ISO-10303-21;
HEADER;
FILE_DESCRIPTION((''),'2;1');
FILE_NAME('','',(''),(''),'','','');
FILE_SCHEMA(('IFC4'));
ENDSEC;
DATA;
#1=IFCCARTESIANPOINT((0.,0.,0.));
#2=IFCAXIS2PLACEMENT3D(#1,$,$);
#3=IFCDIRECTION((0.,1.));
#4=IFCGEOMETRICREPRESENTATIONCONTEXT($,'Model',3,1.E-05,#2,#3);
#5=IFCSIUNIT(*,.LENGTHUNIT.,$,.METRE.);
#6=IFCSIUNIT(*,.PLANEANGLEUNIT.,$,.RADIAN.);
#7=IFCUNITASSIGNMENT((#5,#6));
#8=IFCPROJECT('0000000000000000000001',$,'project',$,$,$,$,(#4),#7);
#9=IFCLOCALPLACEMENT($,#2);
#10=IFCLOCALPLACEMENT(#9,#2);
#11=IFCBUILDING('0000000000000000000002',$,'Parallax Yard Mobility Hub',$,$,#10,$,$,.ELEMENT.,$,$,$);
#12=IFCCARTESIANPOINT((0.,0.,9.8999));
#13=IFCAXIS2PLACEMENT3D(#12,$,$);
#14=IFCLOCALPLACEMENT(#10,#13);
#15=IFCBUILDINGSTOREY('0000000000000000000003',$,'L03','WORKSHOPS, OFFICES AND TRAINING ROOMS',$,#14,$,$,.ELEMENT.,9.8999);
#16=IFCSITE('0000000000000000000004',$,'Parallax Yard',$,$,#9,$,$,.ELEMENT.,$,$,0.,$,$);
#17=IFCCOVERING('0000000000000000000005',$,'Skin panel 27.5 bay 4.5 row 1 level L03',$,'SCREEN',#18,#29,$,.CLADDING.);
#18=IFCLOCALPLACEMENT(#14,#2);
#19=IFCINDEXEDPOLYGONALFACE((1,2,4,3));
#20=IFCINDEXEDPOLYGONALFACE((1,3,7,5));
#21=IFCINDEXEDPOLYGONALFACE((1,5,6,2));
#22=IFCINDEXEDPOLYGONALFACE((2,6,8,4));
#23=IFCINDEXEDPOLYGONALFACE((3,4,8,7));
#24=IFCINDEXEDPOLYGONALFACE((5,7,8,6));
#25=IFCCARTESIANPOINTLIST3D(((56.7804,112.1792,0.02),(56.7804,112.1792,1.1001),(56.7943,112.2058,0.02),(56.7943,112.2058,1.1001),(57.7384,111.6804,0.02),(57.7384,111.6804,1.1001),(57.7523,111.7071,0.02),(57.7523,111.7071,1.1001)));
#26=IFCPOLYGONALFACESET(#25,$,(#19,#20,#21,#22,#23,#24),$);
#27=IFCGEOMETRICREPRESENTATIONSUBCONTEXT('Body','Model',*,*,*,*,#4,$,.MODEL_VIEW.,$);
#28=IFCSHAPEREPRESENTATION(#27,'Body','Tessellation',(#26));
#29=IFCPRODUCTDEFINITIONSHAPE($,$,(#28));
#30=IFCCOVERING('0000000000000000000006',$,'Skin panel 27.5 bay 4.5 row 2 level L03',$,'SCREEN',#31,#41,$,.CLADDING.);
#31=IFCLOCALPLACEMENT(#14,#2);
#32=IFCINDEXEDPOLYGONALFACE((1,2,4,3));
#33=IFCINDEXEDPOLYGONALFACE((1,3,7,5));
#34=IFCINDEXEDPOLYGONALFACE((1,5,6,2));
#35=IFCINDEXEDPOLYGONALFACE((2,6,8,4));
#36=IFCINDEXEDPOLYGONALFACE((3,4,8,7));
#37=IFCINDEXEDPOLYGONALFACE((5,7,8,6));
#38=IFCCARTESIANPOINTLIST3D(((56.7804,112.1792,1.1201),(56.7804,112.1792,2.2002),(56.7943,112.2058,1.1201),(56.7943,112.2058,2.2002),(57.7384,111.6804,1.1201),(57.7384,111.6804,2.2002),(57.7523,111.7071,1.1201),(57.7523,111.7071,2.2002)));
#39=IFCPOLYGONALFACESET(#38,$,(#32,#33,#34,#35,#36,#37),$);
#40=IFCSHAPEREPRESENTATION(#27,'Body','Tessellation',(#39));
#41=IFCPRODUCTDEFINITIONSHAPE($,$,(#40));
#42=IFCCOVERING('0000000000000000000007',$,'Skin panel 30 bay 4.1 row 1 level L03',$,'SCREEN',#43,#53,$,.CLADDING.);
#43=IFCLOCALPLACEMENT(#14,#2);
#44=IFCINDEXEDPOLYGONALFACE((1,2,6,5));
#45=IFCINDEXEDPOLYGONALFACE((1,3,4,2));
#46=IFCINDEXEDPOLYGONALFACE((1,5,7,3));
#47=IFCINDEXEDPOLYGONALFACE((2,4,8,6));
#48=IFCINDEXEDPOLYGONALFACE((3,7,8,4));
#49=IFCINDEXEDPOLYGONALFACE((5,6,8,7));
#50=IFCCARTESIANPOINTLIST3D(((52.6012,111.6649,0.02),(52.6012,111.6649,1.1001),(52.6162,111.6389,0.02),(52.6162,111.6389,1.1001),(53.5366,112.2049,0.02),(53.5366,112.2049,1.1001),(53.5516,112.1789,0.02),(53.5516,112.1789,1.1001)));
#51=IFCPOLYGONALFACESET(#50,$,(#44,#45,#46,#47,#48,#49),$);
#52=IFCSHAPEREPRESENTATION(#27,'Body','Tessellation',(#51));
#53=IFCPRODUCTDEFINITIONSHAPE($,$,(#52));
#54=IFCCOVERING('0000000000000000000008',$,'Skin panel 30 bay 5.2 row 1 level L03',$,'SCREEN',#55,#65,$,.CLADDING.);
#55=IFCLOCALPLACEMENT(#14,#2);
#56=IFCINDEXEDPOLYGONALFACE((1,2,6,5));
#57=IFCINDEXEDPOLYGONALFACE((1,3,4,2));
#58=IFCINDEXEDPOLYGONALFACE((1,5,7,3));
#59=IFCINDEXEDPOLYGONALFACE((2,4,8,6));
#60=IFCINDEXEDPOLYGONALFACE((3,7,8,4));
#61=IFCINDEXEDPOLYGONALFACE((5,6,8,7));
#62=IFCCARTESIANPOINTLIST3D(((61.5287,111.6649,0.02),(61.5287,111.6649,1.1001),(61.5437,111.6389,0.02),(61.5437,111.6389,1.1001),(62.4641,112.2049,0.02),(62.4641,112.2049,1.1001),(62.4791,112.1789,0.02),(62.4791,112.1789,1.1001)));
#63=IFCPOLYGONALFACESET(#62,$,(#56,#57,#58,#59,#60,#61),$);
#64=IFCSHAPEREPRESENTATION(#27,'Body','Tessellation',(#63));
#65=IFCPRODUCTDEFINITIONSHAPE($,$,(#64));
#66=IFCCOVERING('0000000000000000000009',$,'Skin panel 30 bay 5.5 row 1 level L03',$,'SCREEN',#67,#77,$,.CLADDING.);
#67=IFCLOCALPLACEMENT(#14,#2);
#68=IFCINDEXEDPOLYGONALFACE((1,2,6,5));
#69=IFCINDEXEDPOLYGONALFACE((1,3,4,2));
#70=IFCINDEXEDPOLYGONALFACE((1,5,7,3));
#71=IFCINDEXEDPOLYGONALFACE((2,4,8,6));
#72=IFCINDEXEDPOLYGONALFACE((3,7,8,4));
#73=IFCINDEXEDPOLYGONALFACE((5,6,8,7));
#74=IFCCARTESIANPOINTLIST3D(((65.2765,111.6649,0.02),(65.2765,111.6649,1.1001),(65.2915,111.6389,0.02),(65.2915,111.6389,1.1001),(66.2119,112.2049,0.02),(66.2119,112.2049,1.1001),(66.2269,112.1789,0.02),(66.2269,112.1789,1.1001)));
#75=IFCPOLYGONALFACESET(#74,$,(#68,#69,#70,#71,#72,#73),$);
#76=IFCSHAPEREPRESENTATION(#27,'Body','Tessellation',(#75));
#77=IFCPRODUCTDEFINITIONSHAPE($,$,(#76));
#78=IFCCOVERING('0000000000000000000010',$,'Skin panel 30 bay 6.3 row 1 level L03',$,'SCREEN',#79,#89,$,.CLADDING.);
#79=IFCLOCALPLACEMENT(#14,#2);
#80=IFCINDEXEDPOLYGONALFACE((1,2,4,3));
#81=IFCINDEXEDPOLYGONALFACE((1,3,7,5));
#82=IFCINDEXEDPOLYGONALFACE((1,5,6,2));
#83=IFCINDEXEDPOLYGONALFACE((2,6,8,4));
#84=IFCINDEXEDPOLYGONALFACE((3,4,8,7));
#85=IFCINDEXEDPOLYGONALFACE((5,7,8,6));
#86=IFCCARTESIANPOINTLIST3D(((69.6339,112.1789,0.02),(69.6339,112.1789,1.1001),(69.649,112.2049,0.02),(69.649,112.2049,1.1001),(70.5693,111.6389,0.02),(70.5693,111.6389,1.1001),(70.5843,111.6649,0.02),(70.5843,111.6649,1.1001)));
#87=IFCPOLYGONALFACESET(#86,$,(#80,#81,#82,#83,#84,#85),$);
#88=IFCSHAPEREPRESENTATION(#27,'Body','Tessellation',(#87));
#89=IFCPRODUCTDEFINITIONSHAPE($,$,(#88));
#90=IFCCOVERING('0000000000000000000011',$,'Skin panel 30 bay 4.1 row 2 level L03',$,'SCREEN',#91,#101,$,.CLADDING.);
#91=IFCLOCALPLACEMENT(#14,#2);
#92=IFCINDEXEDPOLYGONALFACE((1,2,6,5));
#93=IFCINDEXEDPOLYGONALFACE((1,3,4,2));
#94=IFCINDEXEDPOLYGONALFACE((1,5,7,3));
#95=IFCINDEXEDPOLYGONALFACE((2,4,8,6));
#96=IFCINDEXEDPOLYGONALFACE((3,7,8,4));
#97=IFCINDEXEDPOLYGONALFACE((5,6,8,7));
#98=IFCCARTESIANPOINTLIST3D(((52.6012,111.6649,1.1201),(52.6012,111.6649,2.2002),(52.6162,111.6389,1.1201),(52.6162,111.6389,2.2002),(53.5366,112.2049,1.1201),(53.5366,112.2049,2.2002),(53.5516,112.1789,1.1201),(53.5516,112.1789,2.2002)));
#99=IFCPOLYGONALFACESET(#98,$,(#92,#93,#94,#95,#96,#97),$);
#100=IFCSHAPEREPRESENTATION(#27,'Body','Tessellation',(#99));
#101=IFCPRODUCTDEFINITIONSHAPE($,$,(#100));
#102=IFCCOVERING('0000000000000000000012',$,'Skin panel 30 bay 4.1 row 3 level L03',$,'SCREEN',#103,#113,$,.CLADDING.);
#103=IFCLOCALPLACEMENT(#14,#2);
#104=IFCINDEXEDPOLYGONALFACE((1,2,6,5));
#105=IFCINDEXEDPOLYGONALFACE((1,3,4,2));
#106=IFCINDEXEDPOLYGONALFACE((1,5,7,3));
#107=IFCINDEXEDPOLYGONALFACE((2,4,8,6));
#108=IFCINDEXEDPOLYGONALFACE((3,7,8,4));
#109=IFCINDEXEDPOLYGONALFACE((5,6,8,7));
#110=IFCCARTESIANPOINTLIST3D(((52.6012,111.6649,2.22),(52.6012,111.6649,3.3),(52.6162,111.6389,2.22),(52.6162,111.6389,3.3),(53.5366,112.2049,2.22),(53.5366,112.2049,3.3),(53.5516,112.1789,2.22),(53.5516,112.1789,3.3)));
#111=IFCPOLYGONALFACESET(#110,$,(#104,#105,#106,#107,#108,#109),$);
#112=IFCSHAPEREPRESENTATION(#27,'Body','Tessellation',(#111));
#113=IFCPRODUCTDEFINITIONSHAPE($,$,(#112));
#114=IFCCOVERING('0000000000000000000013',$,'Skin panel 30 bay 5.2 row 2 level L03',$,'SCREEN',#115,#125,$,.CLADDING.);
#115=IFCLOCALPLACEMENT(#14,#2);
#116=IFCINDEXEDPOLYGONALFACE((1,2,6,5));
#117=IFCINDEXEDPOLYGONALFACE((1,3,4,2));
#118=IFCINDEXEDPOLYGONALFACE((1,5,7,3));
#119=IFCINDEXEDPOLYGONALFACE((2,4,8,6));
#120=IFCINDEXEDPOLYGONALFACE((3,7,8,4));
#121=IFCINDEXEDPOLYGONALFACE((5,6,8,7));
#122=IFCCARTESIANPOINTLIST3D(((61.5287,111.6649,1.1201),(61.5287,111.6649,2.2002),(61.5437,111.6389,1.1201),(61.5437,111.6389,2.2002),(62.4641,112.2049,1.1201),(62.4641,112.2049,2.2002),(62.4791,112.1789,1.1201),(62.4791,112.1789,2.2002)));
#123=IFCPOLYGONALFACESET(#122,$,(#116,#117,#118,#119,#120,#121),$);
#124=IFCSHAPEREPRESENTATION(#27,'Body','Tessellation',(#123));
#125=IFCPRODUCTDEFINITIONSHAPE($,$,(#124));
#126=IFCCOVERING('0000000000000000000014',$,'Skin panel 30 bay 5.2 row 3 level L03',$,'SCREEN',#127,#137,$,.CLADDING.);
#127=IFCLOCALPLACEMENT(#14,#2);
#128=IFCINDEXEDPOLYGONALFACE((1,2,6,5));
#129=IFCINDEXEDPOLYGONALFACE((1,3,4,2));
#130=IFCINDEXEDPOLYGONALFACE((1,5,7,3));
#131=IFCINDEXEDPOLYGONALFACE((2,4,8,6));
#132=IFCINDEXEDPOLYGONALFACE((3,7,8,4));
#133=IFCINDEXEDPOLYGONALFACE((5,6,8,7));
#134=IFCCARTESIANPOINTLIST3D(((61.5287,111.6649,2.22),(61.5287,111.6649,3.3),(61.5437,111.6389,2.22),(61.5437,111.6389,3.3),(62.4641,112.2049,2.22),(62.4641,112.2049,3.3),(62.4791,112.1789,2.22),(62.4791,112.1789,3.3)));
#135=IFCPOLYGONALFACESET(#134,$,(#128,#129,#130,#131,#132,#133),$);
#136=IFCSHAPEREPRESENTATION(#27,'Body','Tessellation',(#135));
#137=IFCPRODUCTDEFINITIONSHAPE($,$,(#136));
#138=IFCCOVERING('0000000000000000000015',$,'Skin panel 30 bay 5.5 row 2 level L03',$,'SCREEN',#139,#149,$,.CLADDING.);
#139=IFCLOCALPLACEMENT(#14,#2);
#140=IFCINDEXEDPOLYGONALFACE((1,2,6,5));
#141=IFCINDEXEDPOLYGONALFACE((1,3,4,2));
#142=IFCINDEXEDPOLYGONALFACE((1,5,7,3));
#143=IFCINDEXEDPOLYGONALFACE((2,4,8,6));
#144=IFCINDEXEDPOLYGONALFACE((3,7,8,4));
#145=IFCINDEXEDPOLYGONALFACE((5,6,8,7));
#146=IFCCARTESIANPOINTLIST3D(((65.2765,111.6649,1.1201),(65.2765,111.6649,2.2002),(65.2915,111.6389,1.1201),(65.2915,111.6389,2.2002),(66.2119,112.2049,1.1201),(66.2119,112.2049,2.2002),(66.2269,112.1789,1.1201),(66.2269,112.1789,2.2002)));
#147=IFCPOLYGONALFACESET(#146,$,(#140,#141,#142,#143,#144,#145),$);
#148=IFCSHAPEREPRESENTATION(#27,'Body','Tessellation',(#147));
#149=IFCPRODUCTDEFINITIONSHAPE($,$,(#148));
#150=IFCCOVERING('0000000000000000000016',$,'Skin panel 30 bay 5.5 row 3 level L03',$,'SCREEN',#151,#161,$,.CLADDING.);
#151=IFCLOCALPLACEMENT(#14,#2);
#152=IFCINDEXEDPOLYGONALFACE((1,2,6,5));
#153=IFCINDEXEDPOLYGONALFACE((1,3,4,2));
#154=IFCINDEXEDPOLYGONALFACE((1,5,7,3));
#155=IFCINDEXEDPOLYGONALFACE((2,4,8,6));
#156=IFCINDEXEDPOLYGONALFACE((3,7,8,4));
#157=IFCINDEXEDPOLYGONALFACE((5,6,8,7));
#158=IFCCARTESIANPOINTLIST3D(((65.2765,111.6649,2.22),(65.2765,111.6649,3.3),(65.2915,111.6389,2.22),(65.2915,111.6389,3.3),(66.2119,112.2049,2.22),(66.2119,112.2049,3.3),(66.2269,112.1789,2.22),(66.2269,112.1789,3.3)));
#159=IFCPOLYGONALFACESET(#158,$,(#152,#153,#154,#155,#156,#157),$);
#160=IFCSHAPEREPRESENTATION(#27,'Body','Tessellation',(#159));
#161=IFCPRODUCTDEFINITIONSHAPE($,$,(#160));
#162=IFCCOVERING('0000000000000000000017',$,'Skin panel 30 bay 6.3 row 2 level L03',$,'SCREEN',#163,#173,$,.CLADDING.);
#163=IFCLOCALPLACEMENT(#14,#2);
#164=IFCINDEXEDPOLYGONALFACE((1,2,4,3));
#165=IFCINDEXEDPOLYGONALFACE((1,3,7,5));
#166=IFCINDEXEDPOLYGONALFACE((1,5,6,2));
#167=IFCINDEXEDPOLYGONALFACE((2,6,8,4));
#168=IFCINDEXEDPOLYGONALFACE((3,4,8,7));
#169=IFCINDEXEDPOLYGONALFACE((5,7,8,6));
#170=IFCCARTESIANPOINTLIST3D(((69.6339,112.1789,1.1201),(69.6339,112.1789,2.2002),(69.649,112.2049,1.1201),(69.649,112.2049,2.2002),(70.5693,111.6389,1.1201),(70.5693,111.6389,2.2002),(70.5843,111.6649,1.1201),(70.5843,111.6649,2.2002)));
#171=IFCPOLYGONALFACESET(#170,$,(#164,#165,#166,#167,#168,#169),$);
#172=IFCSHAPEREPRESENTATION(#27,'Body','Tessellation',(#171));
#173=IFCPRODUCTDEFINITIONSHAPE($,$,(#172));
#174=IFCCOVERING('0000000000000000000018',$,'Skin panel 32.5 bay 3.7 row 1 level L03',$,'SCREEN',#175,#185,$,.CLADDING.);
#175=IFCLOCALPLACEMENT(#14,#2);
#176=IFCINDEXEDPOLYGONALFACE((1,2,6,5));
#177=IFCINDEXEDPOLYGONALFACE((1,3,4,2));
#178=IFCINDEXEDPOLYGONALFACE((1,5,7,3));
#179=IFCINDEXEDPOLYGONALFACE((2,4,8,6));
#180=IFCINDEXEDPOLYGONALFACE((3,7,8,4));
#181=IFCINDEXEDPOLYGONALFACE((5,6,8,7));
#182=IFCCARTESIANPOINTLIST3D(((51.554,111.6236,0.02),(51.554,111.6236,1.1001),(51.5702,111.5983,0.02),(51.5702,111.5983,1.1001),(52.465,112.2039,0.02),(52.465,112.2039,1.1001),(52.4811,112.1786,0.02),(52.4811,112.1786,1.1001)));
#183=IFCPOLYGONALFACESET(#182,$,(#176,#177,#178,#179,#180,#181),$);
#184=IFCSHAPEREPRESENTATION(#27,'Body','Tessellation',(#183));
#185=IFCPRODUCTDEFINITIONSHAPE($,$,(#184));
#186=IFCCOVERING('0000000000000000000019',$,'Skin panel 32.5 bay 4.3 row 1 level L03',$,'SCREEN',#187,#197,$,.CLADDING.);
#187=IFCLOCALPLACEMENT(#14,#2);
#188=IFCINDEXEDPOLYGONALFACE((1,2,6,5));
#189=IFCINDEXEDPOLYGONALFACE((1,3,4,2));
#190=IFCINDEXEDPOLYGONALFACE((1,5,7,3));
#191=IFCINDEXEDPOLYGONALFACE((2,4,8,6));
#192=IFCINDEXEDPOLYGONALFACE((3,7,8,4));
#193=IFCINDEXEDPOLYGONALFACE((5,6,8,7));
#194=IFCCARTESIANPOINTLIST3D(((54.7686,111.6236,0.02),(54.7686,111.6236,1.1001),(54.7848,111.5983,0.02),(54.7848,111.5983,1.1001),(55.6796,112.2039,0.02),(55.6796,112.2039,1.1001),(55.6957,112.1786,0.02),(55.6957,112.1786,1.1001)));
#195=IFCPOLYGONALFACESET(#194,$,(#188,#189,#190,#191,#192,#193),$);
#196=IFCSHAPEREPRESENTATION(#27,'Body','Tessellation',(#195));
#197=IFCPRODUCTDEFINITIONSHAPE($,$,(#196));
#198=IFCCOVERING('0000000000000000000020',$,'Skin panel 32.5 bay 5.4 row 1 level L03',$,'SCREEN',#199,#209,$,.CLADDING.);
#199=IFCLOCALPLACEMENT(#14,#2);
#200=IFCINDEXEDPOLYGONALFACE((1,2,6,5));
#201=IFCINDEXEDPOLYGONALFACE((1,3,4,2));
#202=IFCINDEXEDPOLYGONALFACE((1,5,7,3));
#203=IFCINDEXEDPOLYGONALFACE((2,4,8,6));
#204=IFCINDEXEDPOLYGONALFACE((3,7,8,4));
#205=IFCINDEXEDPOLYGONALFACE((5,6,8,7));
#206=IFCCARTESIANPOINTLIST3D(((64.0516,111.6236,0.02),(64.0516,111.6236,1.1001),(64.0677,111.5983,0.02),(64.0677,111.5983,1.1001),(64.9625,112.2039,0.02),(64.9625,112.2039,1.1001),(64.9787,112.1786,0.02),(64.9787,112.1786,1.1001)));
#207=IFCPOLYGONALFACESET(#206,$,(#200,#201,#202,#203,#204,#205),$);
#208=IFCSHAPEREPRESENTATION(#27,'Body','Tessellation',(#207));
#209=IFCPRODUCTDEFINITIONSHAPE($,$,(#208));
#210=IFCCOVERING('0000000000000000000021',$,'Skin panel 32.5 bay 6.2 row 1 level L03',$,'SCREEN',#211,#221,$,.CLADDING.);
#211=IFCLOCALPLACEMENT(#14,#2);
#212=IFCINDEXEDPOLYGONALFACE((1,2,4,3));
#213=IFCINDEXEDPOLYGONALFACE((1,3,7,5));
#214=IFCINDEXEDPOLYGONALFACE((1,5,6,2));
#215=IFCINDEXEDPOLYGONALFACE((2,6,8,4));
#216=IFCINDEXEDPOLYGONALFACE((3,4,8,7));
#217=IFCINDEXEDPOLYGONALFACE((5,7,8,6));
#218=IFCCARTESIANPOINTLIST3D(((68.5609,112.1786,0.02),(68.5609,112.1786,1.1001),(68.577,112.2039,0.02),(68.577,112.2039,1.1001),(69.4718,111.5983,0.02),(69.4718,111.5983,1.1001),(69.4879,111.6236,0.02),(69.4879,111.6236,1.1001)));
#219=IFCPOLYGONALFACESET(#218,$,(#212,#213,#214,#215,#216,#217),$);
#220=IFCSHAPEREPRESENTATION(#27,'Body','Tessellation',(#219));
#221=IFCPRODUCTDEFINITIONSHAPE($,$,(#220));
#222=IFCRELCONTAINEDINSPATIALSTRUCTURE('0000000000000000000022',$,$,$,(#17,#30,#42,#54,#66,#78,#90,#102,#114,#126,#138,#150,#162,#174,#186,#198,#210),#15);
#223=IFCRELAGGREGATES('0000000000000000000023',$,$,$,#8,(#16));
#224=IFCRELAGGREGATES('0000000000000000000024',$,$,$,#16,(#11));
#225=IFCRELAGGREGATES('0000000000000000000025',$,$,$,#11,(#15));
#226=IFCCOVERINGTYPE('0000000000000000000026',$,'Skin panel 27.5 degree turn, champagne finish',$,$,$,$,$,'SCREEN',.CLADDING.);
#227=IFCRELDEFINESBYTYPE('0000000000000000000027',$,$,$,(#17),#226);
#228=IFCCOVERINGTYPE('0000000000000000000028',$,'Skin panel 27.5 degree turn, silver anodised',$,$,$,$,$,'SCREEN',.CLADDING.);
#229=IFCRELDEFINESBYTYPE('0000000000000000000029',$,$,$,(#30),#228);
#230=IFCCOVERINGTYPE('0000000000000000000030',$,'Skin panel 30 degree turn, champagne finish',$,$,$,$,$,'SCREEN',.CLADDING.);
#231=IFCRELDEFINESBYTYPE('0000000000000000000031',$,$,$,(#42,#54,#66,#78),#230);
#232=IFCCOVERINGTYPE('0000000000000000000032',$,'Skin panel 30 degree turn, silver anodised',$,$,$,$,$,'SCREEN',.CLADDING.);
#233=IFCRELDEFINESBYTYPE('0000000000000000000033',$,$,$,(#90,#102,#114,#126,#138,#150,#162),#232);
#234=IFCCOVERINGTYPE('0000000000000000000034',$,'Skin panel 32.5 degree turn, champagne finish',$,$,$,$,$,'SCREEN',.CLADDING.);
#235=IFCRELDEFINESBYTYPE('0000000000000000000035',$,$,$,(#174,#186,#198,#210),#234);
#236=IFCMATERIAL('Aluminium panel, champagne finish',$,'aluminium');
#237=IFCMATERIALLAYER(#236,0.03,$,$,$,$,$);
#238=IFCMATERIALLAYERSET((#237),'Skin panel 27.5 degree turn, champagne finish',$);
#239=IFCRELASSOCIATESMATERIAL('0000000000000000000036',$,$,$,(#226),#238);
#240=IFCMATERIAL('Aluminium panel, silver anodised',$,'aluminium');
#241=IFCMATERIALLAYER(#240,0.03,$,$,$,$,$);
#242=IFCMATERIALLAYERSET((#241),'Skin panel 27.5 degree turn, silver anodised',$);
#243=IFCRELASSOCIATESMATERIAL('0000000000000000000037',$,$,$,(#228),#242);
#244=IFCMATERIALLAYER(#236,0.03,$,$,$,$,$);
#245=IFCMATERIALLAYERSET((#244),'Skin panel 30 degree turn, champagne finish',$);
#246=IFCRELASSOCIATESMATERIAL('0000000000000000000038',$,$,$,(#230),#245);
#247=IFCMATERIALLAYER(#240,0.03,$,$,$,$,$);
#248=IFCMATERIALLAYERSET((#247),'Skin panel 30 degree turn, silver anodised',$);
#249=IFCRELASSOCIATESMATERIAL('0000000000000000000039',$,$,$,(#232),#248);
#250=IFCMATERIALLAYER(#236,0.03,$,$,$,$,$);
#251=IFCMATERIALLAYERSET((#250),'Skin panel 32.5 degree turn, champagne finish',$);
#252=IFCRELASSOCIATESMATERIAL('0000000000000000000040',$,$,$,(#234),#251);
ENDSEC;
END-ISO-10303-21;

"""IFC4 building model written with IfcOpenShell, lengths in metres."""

from ifc_helpers import new_model, si_unit, direction, frame, origin, origin_2d, place, context, subcontext, project, spatial, rectangle, extrude, material, layer, layer_set, type_object, element, save


model = new_model("IFC4")

# Units and contexts
model_context = context("Model", 3, precision=1e-05, world=origin(), true_north=direction((0.0, 1.0)))
body_context = subcontext(model_context, "Body", "Model", "MODEL_VIEW")
ifc_project = project(units=[si_unit("LENGTHUNIT", "METRE"), si_unit("PLANEANGLEUNIT", "RADIAN")], contexts=[model_context])

# Site, building, storey
site_placement = place(None, origin())
site = spatial("IfcSite", under=ifc_project, at=site_placement, Name="Parallax Yard", CompositionType="ELEMENT", RefElevation=0.0)
building_placement = place(site_placement, origin())
building = spatial("IfcBuilding", under=site, at=building_placement, Name="Parallax Yard Mobility Hub", CompositionType="ELEMENT")
storey_placement = place(building_placement, frame((0.0, 0.0, 9.8999)))
storey = spatial("IfcBuildingStorey", under=building, at=storey_placement, Name="L03", Description="WORKSHOPS, OFFICES AND TRAINING ROOMS", CompositionType="ELEMENT", Elevation=9.8999)

# Coverings
ifc_material_1 = material(Name="Aluminium panel, champagne finish", Category="aluminium")
ifc_layer_1 = layer(ifc_material_1, 0.03)
ifc_layer_set_1 = layer_set([ifc_layer_1], Name="Skin panel 27.5 degree turn, champagne finish")
covering_type_1 = type_object("IfcCoveringType", Name="Skin panel 27.5 degree turn, champagne finish", ElementType="SCREEN", PredefinedType="CLADDING", material=ifc_layer_set_1)
covering_1_placement = place(storey_placement, frame((57.2664, 111.9431, 0.02), z_axis=(0.0, 0.0, 1.0), x_axis=(0.887011, -0.461749, 0.0)))
element("IfcCovering", 1, at=covering_1_placement, inside=storey, type_object=covering_type_1, Name="Skin panel 27.5 bay 4.5 row 1 level L03", ObjectType="SCREEN", PredefinedType="CLADDING", context=body_context, shape_type="SweptSolid", body=[
    extrude(rectangle(XDim=1.0801, YDim=0.03, at=origin_2d()), origin(), (0.0, 0.0, 1.0), 1.0801),
])
ifc_material_2 = material(Name="Aluminium panel, silver anodised", Category="aluminium")
ifc_layer_2 = layer(ifc_material_2, 0.03)
ifc_layer_set_2 = layer_set([ifc_layer_2], Name="Skin panel 27.5 degree turn, silver anodised")
covering_type_2 = type_object("IfcCoveringType", Name="Skin panel 27.5 degree turn, silver anodised", ElementType="SCREEN", PredefinedType="CLADDING", material=ifc_layer_set_2)
covering_2_placement = place(storey_placement, frame((57.2664, 111.9431, 1.1201), z_axis=(0.0, 0.0, 1.0), x_axis=(0.887011, -0.461749, 0.0)))
element("IfcCovering", 2, at=covering_2_placement, inside=storey, type_object=covering_type_2, Name="Skin panel 27.5 bay 4.5 row 2 level L03", ObjectType="SCREEN", PredefinedType="CLADDING", context=body_context, shape_type="SweptSolid", body=[
    extrude(rectangle(XDim=1.0801, YDim=0.03, at=origin_2d()), origin(), (0.0, 0.0, 1.0), 1.0801),
])
ifc_layer_3 = layer(ifc_material_1, 0.03)
ifc_layer_set_3 = layer_set([ifc_layer_3], Name="Skin panel 30 degree turn, champagne finish")
covering_type_3 = type_object("IfcCoveringType", Name="Skin panel 30 degree turn, champagne finish", ElementType="SCREEN", PredefinedType="CLADDING", material=ifc_layer_set_3)
for number, where, z_axis, x_axis, name in (
    (3, (53.0764, 111.9219, 0.02), (0.0, 0.0, 1.0), (-0.866025, -0.5, 0.0), "Skin panel 30 bay 4.1 row 1 level L03"),
    (4, (62.0039, 111.9219, 0.02), (0.0, 0.0, 1.0), (-0.866025, -0.5, 0.0), "Skin panel 30 bay 5.2 row 1 level L03"),
    (5, (65.7517, 111.9219, 0.02), (0.0, 0.0, 1.0), (-0.866025, -0.5, 0.0), "Skin panel 30 bay 5.5 row 1 level L03"),
    (6, (70.1091, 111.9219, 0.02), (0.0, 0.0, 1.0), (0.866025, -0.5, 0.0), "Skin panel 30 bay 6.3 row 1 level L03"),
):
    element("IfcCovering", number, at=place(storey_placement, frame(where, z_axis=z_axis, x_axis=x_axis)), inside=storey, type_object=covering_type_3, Name=name, ObjectType="SCREEN", PredefinedType="CLADDING", context=body_context, shape_type="SweptSolid", body=[
        extrude(rectangle(XDim=1.0801, YDim=0.03, at=origin_2d()), origin(), (0.0, 0.0, 1.0), 1.0801),
    ])
ifc_layer_4 = layer(ifc_material_2, 0.03)
ifc_layer_set_4 = layer_set([ifc_layer_4], Name="Skin panel 30 degree turn, silver anodised")
covering_type_4 = type_object("IfcCoveringType", Name="Skin panel 30 degree turn, silver anodised", ElementType="SCREEN", PredefinedType="CLADDING", material=ifc_layer_set_4)
for number, where, z_axis, x_axis, name in (
    (7, (53.0764, 111.9219, 1.1201), (0.0, 0.0, 1.0), (-0.866025, -0.5, 0.0), "Skin panel 30 bay 4.1 row 2 level L03"),
    (8, (53.0764, 111.9219, 2.22), (0.0, 0.0, 1.0), (-0.866025, -0.5, 0.0), "Skin panel 30 bay 4.1 row 3 level L03"),
    (9, (62.0039, 111.9219, 1.1201), (0.0, 0.0, 1.0), (-0.866025, -0.5, 0.0), "Skin panel 30 bay 5.2 row 2 level L03"),
    (10, (62.0039, 111.9219, 2.22), (0.0, 0.0, 1.0), (-0.866025, -0.5, 0.0), "Skin panel 30 bay 5.2 row 3 level L03"),
    (11, (65.7517, 111.9219, 1.1201), (0.0, 0.0, 1.0), (-0.866025, -0.5, 0.0), "Skin panel 30 bay 5.5 row 2 level L03"),
    (12, (65.7517, 111.9219, 2.22), (0.0, 0.0, 1.0), (-0.866025, -0.5, 0.0), "Skin panel 30 bay 5.5 row 3 level L03"),
    (13, (70.1091, 111.9219, 1.1201), (0.0, 0.0, 1.0), (0.866025, -0.5, 0.0), "Skin panel 30 bay 6.3 row 2 level L03"),
):
    element("IfcCovering", number, at=place(storey_placement, frame(where, z_axis=z_axis, x_axis=x_axis)), inside=storey, type_object=covering_type_4, Name=name, ObjectType="SCREEN", PredefinedType="CLADDING", context=body_context, shape_type="SweptSolid", body=[
        extrude(rectangle(XDim=1.0801, YDim=0.03, at=origin_2d()), origin(), (0.0, 0.0, 1.0), 1.0801),
    ])
ifc_layer_5 = layer(ifc_material_1, 0.03)
ifc_layer_set_5 = layer_set([ifc_layer_5], Name="Skin panel 32.5 degree turn, champagne finish")
covering_type_5 = type_object("IfcCoveringType", Name="Skin panel 32.5 degree turn, champagne finish", ElementType="SCREEN", PredefinedType="CLADDING", material=ifc_layer_set_5)
for number, where, z_axis, x_axis, name in (
    (14, (52.0176, 111.9011, 0.02), (0.0, 0.0, 1.0), (-0.843391, -0.5373, 0.0), "Skin panel 32.5 bay 3.7 row 1 level L03"),
    (15, (55.2322, 111.9011, 0.02), (0.0, 0.0, 1.0), (-0.843391, -0.5373, 0.0), "Skin panel 32.5 bay 4.3 row 1 level L03"),
    (16, (64.5151, 111.9011, 0.02), (0.0, 0.0, 1.0), (-0.843391, -0.5373, 0.0), "Skin panel 32.5 bay 5.4 row 1 level L03"),
    (17, (69.0244, 111.9011, 0.02), (0.0, 0.0, 1.0), (0.843391, -0.5373, 0.0), "Skin panel 32.5 bay 6.2 row 1 level L03"),
):
    element("IfcCovering", number, at=place(storey_placement, frame(where, z_axis=z_axis, x_axis=x_axis)), inside=storey, type_object=covering_type_5, Name=name, ObjectType="SCREEN", PredefinedType="CLADDING", context=body_context, shape_type="SweptSolid", body=[
        extrude(rectangle(XDim=1.0801, YDim=0.03, at=origin_2d()), origin(), (0.0, 0.0, 1.0), 1.0801),
    ])

save(model, "model.ifc")
